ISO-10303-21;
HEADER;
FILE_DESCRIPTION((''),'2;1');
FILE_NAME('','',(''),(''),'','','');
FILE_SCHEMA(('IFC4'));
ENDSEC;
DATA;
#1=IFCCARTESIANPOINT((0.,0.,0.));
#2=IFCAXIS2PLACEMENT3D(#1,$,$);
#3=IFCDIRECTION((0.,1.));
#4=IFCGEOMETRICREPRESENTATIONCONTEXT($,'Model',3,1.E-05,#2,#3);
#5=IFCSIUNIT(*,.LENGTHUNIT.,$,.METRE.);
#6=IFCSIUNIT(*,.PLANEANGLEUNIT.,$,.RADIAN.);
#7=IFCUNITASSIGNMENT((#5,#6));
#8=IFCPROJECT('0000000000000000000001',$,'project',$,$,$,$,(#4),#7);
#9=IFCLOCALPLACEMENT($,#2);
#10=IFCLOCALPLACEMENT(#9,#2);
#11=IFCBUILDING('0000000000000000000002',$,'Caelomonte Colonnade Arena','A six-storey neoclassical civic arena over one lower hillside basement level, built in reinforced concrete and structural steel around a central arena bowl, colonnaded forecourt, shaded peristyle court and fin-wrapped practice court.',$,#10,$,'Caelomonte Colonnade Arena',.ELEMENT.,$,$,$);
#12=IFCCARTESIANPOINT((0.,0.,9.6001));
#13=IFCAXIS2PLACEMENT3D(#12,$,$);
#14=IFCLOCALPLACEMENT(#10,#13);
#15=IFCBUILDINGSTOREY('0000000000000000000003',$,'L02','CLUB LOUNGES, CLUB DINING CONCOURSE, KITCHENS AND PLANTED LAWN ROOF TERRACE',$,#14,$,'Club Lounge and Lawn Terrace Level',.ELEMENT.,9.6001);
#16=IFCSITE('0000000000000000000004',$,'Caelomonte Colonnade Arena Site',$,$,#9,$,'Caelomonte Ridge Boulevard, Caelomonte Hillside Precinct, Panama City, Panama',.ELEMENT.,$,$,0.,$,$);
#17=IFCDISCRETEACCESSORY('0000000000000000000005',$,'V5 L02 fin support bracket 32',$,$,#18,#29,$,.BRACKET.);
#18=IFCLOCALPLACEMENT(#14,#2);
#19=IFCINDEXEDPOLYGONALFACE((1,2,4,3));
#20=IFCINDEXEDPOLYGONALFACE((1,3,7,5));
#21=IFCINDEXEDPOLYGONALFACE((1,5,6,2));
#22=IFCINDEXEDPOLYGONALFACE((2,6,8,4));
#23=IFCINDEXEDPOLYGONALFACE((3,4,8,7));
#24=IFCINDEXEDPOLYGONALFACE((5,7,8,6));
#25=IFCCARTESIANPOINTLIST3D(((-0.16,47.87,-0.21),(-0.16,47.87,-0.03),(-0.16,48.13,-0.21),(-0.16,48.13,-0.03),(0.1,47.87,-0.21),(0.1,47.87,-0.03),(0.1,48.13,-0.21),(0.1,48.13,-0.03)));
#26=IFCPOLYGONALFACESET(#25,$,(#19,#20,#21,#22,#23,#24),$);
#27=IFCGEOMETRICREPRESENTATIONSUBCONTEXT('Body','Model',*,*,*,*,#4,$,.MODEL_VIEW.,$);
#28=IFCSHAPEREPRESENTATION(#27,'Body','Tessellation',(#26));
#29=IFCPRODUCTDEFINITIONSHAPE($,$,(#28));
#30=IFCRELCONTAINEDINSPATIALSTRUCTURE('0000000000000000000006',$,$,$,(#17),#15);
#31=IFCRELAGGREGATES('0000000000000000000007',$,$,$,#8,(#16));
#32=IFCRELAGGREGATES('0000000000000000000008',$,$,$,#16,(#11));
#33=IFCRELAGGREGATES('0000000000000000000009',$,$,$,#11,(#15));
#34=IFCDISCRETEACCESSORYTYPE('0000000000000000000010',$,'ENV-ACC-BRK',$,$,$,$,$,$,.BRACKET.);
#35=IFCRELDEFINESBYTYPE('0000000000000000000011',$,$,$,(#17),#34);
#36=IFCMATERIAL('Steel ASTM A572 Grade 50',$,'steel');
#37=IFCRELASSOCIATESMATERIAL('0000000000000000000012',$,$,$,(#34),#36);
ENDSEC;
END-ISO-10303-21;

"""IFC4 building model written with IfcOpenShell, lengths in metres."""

from ifc_helpers import new_model, si_unit, direction, frame, origin, origin_2d, place, context, subcontext, project, spatial, rectangle, extrude, material, type_object, element, save


model = new_model("IFC4")

# Units and contexts
model_context = context("Model", 3, precision=1e-05, world=origin(), true_north=direction((0.0, 1.0)))
body_context = subcontext(model_context, "Body", "Model", "MODEL_VIEW")
ifc_project = project(units=[si_unit("LENGTHUNIT", "METRE"), si_unit("PLANEANGLEUNIT", "RADIAN")], contexts=[model_context])

# Site, building, storey
site_placement = place(None, origin())
site = spatial("IfcSite", under=ifc_project, at=site_placement, Name="Caelomonte Colonnade Arena Site", LongName="Caelomonte Ridge Boulevard, Caelomonte Hillside Precinct, Panama City, Panama", CompositionType="ELEMENT", RefElevation=0.0)
building_placement = place(site_placement, origin())
building = spatial("IfcBuilding", under=site, at=building_placement, Name="Caelomonte Colonnade Arena", Description="A six-storey neoclassical civic arena over one lower hillside basement level, built in reinforced concrete and structural steel around a central arena bowl, colonnaded forecourt, shaded peristyle court and fin-wrapped practice court.", LongName="Caelomonte Colonnade Arena", CompositionType="ELEMENT")
storey_placement = place(building_placement, frame((0.0, 0.0, 9.6001)))
storey = spatial("IfcBuildingStorey", under=building, at=storey_placement, Name="L02", Description="CLUB LOUNGES, CLUB DINING CONCOURSE, KITCHENS AND PLANTED LAWN ROOF TERRACE", LongName="Club Lounge and Lawn Terrace Level", CompositionType="ELEMENT", Elevation=9.6001)

# Discrete accessory
ifc_material_1 = material(Name="Steel ASTM A572 Grade 50", Category="steel")
discrete_accessory_type = type_object("IfcDiscreteAccessoryType", Name="ENV-ACC-BRK", PredefinedType="BRACKET", material=ifc_material_1)
for number, where, z_axis, x_axis, name in (
    (1, (-0.03, 48.0, -0.21), (0.0, 0.0, 1.0), (0.0, -1.0, 0.0), "V5 L02 fin support bracket 32"),
):
    element("IfcDiscreteAccessory", number, at=place(storey_placement, frame(where, z_axis=z_axis, x_axis=x_axis)), inside=storey, type_object=discrete_accessory_type, Name=name, PredefinedType="BRACKET", context=body_context, shape_type="SweptSolid", body=[
        extrude(rectangle(XDim=0.26, YDim=0.26, at=origin_2d()), origin(), (0.0, 0.0, 1.0), 0.1799),
    ])

save(model, "model.ifc")
